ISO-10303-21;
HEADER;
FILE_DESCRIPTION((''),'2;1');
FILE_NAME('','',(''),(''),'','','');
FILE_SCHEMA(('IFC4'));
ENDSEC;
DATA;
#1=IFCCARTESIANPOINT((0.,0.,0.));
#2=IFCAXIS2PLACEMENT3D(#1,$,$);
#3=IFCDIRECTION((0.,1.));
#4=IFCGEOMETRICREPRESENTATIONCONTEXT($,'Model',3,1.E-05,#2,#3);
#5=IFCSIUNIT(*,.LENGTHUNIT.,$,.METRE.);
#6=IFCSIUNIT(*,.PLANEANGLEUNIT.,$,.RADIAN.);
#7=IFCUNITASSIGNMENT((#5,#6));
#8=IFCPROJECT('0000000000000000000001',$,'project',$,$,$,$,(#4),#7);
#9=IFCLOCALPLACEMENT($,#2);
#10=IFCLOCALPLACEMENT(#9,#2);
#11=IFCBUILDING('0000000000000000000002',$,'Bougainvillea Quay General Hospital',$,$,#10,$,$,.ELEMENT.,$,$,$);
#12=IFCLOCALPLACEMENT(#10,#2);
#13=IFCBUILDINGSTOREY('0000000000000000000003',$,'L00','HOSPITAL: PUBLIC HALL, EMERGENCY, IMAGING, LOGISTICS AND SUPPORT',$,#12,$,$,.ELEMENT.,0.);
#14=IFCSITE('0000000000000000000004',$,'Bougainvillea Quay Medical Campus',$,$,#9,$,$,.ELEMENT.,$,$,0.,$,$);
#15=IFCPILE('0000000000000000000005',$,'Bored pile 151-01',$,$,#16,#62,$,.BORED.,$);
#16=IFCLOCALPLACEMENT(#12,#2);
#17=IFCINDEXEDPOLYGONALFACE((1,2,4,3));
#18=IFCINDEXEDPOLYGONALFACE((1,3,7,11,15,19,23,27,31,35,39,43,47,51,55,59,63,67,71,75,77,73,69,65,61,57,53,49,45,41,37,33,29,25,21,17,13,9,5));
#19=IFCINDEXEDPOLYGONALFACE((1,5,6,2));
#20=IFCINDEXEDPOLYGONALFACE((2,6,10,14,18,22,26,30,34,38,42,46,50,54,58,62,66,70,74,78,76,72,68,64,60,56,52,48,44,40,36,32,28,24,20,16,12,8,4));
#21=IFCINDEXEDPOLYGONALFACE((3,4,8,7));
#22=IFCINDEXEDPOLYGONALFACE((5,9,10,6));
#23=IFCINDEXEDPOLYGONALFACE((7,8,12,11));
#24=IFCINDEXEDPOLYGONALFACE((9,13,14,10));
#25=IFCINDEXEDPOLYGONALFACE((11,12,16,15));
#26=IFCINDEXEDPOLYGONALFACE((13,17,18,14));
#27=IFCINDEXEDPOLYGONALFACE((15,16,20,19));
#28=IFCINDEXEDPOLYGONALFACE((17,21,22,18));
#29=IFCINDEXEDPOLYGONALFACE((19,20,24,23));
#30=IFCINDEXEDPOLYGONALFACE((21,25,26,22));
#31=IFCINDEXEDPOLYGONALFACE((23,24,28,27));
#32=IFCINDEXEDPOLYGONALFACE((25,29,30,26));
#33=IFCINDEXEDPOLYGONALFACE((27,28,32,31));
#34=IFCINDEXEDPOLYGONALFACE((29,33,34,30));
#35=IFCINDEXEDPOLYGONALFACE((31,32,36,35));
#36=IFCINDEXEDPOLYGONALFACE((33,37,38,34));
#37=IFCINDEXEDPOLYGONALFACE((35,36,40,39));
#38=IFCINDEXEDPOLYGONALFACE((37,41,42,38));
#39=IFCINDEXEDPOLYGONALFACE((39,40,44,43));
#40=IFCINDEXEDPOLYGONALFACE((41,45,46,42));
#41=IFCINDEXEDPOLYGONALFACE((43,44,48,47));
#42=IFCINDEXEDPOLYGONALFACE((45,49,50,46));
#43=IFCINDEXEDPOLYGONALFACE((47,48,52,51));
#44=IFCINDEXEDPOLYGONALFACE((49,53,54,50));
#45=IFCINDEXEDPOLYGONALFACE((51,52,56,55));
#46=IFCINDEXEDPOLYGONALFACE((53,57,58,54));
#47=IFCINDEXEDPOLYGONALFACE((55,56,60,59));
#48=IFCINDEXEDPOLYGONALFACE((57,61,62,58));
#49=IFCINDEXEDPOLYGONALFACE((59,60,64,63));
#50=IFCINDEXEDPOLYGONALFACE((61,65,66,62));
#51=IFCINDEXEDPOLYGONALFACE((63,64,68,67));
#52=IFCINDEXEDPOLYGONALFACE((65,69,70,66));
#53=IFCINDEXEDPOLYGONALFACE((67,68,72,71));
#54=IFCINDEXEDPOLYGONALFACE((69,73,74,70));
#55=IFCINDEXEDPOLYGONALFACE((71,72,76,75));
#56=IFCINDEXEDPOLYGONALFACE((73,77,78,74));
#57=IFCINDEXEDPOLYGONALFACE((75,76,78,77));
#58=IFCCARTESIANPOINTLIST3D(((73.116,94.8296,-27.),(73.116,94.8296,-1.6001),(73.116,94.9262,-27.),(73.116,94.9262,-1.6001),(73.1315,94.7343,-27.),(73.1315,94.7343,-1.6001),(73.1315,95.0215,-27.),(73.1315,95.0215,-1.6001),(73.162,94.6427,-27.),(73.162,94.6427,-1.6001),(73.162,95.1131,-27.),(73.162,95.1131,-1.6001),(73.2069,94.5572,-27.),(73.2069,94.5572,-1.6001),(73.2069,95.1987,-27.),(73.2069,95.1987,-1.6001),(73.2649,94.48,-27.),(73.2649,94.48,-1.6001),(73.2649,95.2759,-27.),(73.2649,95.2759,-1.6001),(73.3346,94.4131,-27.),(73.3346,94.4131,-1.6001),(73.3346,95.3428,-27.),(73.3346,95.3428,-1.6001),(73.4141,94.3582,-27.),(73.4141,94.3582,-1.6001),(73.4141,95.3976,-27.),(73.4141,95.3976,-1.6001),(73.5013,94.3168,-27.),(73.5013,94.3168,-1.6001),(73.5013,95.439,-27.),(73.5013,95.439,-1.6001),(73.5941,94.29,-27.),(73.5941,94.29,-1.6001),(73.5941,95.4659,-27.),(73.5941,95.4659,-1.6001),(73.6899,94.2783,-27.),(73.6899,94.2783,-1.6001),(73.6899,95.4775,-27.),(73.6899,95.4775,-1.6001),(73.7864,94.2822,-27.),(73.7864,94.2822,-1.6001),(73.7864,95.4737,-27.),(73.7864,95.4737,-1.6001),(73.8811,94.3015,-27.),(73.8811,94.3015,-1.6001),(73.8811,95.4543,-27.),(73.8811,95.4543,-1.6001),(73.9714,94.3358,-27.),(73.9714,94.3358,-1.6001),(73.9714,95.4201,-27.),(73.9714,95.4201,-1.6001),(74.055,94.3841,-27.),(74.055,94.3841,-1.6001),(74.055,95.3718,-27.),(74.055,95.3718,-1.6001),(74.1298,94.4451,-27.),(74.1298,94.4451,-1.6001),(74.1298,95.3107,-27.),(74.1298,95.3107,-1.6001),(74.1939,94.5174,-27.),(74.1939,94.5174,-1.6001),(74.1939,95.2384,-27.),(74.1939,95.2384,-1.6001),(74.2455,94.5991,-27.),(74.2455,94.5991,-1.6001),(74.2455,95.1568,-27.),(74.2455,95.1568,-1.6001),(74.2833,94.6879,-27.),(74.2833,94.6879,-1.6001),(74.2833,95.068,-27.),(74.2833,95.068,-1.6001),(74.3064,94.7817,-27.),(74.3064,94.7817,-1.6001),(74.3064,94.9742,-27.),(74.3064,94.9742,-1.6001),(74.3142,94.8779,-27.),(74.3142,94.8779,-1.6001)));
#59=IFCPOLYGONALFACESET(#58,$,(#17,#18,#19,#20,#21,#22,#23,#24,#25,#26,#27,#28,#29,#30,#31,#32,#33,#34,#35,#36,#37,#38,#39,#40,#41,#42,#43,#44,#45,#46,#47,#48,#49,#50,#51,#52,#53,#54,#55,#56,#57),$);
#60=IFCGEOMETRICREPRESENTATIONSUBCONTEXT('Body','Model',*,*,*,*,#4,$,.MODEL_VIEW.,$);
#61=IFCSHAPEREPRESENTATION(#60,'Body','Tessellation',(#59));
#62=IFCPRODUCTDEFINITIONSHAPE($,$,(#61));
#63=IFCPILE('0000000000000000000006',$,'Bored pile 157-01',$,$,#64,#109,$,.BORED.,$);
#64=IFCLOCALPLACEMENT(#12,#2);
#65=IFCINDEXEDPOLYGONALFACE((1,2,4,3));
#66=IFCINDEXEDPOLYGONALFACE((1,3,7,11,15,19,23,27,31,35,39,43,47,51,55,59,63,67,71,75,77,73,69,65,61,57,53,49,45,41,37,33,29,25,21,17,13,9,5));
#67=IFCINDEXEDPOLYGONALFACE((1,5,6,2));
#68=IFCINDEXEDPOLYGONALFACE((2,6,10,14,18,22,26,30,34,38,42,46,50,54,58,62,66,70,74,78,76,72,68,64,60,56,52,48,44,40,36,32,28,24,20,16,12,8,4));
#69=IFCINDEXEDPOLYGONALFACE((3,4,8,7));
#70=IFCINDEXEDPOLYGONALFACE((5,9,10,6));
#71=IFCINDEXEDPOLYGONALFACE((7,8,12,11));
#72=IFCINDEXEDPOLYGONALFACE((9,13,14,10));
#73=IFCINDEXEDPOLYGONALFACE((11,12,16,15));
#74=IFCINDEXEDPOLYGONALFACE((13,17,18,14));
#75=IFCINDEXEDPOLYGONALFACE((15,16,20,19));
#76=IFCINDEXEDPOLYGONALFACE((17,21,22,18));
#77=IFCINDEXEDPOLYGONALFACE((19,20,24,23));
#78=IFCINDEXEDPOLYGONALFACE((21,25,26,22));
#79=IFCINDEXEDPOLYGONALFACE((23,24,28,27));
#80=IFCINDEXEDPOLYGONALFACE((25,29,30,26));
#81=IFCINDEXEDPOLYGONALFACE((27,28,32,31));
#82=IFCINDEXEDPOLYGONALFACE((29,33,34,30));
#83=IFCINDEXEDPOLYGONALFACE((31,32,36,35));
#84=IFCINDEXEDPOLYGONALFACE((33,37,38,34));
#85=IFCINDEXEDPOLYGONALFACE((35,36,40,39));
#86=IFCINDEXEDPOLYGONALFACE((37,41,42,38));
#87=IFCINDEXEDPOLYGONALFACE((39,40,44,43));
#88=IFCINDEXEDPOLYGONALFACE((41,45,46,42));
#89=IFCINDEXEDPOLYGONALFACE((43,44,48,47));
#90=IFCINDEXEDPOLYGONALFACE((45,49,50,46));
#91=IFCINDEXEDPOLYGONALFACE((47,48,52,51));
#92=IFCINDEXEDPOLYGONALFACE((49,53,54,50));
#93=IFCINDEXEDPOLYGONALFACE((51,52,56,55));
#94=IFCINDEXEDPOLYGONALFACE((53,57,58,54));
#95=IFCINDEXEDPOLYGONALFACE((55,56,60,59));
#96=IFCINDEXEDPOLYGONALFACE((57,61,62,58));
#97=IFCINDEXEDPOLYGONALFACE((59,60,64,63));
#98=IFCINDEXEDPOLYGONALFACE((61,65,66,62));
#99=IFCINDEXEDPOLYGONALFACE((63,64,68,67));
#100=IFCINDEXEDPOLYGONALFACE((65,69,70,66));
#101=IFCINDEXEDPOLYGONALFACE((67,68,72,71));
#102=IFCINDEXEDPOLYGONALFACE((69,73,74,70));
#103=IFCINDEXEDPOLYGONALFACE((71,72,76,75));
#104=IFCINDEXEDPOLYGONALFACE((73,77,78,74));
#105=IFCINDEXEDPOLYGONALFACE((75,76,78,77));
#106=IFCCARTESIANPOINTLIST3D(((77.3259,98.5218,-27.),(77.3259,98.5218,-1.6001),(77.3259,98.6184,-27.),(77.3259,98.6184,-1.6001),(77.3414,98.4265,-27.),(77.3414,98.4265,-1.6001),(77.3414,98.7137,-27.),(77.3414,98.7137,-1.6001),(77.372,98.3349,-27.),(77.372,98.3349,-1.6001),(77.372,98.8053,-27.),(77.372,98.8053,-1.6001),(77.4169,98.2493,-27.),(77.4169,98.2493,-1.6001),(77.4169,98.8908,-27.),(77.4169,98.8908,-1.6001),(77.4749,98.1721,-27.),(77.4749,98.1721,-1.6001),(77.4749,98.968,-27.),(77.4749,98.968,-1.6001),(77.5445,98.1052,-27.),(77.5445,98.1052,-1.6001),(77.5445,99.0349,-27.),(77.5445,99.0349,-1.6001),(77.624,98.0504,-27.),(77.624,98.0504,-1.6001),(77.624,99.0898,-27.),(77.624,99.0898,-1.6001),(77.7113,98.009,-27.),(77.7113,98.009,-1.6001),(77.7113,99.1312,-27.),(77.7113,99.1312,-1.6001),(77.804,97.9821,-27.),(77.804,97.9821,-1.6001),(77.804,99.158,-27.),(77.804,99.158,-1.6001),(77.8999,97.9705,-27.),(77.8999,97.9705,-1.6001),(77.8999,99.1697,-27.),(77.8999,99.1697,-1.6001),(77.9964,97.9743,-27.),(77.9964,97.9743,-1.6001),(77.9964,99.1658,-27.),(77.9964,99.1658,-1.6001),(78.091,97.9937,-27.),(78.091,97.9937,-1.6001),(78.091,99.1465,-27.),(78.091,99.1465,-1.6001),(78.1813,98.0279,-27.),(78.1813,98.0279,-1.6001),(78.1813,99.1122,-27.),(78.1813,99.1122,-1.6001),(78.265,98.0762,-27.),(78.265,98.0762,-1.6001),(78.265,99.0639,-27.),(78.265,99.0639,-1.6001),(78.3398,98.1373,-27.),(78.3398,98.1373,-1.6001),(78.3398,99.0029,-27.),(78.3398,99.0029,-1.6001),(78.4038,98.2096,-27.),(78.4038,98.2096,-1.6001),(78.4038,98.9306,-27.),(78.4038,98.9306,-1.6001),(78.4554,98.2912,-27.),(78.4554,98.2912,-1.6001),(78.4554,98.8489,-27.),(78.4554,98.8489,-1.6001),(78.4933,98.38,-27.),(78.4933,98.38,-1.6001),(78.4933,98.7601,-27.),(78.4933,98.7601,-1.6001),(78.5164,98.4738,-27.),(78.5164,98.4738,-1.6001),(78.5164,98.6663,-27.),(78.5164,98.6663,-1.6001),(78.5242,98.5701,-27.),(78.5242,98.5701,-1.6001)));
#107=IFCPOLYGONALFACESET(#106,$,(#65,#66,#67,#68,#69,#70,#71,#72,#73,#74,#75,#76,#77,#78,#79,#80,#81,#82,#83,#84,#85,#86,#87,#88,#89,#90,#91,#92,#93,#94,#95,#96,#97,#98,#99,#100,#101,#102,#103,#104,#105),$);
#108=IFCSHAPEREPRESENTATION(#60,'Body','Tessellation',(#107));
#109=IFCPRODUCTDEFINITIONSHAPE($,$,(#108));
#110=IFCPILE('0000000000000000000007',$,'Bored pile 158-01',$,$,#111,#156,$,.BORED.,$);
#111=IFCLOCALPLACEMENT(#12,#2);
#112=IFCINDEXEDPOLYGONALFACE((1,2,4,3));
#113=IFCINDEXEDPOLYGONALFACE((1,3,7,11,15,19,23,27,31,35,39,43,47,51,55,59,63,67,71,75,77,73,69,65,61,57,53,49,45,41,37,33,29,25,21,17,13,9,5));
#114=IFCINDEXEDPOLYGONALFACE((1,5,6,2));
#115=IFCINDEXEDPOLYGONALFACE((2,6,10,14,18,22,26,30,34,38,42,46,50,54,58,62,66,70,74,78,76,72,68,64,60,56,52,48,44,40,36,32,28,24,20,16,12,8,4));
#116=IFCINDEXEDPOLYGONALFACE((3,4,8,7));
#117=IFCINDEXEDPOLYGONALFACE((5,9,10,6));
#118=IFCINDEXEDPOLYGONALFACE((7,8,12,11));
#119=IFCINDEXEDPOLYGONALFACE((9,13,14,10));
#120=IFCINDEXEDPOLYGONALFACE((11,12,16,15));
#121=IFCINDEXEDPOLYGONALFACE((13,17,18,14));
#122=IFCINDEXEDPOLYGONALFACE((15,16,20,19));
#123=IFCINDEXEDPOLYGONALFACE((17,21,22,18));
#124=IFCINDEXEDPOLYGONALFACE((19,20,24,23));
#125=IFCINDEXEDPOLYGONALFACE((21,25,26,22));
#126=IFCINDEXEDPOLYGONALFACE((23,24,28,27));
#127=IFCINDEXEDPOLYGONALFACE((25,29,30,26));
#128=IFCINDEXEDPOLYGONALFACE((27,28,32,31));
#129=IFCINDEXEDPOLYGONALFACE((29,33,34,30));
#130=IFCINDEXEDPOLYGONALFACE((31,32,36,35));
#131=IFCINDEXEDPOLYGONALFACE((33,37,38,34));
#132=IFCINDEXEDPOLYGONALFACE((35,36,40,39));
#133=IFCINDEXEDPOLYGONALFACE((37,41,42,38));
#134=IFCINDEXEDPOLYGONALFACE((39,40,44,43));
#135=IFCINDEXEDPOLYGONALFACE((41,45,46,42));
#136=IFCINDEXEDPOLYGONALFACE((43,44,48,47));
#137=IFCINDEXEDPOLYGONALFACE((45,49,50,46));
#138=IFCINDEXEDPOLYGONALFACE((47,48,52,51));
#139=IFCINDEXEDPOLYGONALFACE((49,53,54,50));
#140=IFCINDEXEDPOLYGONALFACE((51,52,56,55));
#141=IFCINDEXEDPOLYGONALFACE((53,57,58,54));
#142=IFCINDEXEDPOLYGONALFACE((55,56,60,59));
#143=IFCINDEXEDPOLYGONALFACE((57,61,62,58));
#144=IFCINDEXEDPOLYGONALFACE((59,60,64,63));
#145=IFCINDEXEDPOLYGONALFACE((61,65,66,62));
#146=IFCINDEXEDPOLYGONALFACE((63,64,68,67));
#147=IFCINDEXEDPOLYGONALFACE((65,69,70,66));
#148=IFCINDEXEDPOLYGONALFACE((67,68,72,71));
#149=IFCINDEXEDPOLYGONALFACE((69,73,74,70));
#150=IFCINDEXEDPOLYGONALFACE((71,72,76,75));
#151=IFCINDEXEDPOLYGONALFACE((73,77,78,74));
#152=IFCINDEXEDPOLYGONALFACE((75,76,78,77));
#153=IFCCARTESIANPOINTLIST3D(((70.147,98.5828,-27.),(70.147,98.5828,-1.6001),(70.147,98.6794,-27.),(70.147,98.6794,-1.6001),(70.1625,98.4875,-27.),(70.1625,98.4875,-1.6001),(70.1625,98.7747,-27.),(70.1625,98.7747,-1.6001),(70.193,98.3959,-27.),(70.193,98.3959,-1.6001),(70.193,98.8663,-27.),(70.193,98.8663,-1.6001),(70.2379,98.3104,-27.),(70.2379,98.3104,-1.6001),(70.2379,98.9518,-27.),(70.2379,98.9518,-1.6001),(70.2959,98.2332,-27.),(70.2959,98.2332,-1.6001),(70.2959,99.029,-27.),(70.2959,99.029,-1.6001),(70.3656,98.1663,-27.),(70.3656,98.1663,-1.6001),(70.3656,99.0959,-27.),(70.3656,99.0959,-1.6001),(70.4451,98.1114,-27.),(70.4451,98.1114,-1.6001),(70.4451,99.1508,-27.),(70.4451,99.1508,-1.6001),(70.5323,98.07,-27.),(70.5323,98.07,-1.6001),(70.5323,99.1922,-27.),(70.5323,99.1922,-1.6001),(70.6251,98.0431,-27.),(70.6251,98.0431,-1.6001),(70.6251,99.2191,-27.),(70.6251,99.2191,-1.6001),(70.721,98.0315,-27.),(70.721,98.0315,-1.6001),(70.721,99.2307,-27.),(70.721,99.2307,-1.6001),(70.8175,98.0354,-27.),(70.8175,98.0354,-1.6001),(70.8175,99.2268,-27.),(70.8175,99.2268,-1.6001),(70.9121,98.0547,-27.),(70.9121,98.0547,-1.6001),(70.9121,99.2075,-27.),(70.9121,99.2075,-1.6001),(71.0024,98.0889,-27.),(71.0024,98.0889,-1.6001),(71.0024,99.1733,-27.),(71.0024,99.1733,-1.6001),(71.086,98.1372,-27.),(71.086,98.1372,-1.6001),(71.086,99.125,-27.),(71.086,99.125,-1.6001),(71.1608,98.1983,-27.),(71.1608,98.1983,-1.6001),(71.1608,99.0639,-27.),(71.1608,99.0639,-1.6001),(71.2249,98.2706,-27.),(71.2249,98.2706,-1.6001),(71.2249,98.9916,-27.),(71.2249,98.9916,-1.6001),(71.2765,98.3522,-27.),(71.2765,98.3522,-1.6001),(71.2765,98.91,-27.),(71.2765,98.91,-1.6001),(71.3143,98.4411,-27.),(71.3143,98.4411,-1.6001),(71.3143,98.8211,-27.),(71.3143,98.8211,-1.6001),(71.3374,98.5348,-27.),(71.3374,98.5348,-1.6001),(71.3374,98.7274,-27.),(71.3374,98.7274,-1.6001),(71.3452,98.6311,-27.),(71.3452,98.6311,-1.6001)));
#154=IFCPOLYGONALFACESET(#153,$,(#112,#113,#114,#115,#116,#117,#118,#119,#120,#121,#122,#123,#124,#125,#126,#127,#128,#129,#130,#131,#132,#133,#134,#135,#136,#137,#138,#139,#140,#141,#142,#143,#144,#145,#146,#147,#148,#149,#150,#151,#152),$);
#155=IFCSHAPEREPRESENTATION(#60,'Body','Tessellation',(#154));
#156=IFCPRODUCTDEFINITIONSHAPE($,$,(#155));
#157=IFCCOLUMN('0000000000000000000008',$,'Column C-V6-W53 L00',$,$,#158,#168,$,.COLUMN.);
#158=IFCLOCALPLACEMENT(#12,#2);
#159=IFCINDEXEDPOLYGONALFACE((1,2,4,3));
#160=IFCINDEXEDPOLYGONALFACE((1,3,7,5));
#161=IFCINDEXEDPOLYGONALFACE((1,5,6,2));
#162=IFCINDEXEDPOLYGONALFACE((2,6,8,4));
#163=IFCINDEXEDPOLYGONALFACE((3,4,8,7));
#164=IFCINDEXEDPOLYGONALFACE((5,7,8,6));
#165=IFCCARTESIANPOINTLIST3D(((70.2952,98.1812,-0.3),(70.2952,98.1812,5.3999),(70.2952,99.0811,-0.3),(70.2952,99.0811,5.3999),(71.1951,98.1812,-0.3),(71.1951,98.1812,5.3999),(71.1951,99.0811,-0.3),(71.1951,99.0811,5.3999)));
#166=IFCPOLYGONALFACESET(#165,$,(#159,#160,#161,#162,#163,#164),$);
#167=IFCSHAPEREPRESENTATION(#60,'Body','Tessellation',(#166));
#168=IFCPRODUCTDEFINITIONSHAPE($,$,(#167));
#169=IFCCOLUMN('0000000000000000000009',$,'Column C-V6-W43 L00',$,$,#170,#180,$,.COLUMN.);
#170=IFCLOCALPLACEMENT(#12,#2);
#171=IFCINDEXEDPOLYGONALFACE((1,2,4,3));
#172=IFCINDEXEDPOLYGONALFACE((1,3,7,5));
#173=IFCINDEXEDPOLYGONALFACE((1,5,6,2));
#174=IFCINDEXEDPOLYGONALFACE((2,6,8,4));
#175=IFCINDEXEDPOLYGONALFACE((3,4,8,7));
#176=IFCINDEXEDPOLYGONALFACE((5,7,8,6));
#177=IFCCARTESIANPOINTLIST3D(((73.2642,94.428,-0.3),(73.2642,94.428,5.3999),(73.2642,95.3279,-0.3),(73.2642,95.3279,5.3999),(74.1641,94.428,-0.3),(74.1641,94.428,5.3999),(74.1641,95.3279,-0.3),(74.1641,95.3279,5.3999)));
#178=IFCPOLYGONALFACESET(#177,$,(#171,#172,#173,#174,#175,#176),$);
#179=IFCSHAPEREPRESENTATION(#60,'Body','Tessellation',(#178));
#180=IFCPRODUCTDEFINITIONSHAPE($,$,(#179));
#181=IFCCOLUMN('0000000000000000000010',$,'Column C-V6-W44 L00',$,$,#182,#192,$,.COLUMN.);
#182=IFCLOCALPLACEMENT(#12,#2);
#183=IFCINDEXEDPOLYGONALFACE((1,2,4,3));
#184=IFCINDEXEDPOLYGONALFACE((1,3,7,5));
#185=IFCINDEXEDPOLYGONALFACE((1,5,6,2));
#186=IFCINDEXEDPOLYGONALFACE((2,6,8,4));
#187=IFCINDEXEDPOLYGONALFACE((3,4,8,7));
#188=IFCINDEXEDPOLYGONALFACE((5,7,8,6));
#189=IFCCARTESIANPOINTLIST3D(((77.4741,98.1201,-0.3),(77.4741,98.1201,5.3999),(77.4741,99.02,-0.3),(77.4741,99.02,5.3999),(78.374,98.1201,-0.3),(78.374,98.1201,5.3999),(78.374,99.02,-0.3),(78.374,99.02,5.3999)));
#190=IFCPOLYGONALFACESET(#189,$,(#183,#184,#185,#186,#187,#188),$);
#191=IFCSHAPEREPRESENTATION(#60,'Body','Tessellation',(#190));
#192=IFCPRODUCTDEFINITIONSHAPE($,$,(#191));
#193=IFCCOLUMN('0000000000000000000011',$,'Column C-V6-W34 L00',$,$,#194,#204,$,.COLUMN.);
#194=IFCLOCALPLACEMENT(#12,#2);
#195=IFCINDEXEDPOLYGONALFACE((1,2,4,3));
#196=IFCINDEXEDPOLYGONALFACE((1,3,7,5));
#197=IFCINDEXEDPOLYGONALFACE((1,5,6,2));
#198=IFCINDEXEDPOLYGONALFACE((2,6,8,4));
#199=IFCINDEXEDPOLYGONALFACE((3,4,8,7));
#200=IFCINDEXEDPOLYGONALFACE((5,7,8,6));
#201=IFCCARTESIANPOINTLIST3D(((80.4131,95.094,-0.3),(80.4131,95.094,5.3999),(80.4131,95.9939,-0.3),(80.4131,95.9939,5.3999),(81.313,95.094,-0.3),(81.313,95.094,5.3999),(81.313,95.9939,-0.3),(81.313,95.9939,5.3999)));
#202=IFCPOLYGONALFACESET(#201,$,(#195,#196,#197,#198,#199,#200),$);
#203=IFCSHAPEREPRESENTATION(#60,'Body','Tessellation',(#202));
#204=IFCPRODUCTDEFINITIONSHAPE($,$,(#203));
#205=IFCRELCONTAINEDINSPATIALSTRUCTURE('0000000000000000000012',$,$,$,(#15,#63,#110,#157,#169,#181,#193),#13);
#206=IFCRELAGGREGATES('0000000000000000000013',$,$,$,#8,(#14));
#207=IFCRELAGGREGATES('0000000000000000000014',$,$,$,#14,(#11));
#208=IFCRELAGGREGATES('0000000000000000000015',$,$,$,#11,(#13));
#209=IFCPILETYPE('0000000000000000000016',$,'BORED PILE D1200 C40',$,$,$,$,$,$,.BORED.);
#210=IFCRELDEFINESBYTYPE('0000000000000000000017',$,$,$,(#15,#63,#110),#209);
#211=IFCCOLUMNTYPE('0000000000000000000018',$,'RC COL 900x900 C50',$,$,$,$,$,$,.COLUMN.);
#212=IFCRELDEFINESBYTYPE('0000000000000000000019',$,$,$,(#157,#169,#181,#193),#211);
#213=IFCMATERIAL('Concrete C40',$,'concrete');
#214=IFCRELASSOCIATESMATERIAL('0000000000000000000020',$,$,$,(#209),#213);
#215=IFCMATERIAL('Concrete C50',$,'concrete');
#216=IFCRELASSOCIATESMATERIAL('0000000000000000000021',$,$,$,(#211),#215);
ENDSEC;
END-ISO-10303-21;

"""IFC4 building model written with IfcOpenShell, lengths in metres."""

from ifc_helpers import new_model, si_unit, direction, frame, origin, origin_2d, place, context, subcontext, project, spatial, rectangle, circle, extrude, material, material_profile, profile_set, type_object, element, save


model = new_model("IFC4")

# Units and contexts
model_context = context("Model", 3, precision=1e-05, world=origin(), true_north=direction((0.0, 1.0)))
body_context = subcontext(model_context, "Body", "Model", "MODEL_VIEW")
ifc_project = project(units=[si_unit("LENGTHUNIT", "METRE"), si_unit("PLANEANGLEUNIT", "RADIAN")], contexts=[model_context])

# Site, building, storey
site_placement = place(None, origin())
site = spatial("IfcSite", under=ifc_project, at=site_placement, Name="Bougainvillea Quay Medical Campus", CompositionType="ELEMENT", RefElevation=0.0)
building_placement = place(site_placement, origin())
building = spatial("IfcBuilding", under=site, at=building_placement, Name="Bougainvillea Quay General Hospital", CompositionType="ELEMENT")
storey_placement = place(building_placement, origin())
storey = spatial("IfcBuildingStorey", under=building, at=storey_placement, Name="L00", Description="HOSPITAL: PUBLIC HALL, EMERGENCY, IMAGING, LOGISTICS AND SUPPORT", CompositionType="ELEMENT", Elevation=0.0)

# Piles
ifc_material_1 = material(Name="Concrete C40", Category="concrete")
ifc_material_profile_1 = material_profile(ifc_material_1, circle(Radius=0.6001, at=origin_2d()))
ifc_profile_set_1 = profile_set([ifc_material_profile_1], Name="Concrete C40")
pile_type = type_object("IfcPileType", Name="BORED PILE D1200 C40", PredefinedType="BORED", material=ifc_profile_set_1)
for number, where, z_axis, x_axis, name in (
    (1, (73.7141, 94.8779, -1.6001), (0.0, 0.0, -1.0), (1.0, 0.0, 0.0), "Bored pile 151-01"),
    (2, (77.9241, 98.5701, -1.6001), (0.0, 0.0, -1.0), (1.0, 0.0, 0.0), "Bored pile 157-01"),
    (3, (70.7451, 98.6311, -1.6001), (0.0, 0.0, -1.0), (1.0, 0.0, 0.0), "Bored pile 158-01"),
):
    element("IfcPile", number, at=place(storey_placement, frame(where, z_axis=z_axis, x_axis=x_axis)), inside=storey, type_object=pile_type, Name=name, PredefinedType="BORED", context=body_context, shape_type="SweptSolid", body=[
        extrude(circle(Radius=0.6001, at=origin_2d()), origin(), (0.0, 0.0, 1.0), 25.3999),
    ])

# Columns
ifc_material_2 = material(Name="Concrete C50", Category="concrete")
ifc_material_profile_2 = material_profile(ifc_material_2, rectangle(XDim=0.8999, YDim=0.8999, at=origin_2d()))
ifc_profile_set_2 = profile_set([ifc_material_profile_2], Name="Concrete C50")
column_type = type_object("IfcColumnType", Name="RC COL 900x900 C50", PredefinedType="COLUMN", material=ifc_profile_set_2)
for number, where, z_axis, x_axis, name in (
    (4, (70.7451, 98.6311, -0.3), (0.0, 0.0, 1.0), (1.0, 0.0, 0.0), "Column C-V6-W53 L00"),
    (5, (73.7141, 94.8779, -0.3), (0.0, 0.0, 1.0), (1.0, 0.0, 0.0), "Column C-V6-W43 L00"),
    (6, (77.9241, 98.5701, -0.3), (0.0, 0.0, 1.0), (1.0, 0.0, 0.0), "Column C-V6-W44 L00"),
    (7, (80.863, 95.5439, -0.3), (0.0, 0.0, 1.0), (1.0, 0.0, 0.0), "Column C-V6-W34 L00"),
):
    element("IfcColumn", number, at=place(storey_placement, frame(where, z_axis=z_axis, x_axis=x_axis)), inside=storey, type_object=column_type, Name=name, PredefinedType="COLUMN", context=body_context, shape_type="SweptSolid", body=[
        extrude(rectangle(XDim=0.8999, YDim=0.8999, at=origin_2d()), origin(), (0.0, 0.0, 1.0), 5.7),
    ])

save(model, "model.ifc")
